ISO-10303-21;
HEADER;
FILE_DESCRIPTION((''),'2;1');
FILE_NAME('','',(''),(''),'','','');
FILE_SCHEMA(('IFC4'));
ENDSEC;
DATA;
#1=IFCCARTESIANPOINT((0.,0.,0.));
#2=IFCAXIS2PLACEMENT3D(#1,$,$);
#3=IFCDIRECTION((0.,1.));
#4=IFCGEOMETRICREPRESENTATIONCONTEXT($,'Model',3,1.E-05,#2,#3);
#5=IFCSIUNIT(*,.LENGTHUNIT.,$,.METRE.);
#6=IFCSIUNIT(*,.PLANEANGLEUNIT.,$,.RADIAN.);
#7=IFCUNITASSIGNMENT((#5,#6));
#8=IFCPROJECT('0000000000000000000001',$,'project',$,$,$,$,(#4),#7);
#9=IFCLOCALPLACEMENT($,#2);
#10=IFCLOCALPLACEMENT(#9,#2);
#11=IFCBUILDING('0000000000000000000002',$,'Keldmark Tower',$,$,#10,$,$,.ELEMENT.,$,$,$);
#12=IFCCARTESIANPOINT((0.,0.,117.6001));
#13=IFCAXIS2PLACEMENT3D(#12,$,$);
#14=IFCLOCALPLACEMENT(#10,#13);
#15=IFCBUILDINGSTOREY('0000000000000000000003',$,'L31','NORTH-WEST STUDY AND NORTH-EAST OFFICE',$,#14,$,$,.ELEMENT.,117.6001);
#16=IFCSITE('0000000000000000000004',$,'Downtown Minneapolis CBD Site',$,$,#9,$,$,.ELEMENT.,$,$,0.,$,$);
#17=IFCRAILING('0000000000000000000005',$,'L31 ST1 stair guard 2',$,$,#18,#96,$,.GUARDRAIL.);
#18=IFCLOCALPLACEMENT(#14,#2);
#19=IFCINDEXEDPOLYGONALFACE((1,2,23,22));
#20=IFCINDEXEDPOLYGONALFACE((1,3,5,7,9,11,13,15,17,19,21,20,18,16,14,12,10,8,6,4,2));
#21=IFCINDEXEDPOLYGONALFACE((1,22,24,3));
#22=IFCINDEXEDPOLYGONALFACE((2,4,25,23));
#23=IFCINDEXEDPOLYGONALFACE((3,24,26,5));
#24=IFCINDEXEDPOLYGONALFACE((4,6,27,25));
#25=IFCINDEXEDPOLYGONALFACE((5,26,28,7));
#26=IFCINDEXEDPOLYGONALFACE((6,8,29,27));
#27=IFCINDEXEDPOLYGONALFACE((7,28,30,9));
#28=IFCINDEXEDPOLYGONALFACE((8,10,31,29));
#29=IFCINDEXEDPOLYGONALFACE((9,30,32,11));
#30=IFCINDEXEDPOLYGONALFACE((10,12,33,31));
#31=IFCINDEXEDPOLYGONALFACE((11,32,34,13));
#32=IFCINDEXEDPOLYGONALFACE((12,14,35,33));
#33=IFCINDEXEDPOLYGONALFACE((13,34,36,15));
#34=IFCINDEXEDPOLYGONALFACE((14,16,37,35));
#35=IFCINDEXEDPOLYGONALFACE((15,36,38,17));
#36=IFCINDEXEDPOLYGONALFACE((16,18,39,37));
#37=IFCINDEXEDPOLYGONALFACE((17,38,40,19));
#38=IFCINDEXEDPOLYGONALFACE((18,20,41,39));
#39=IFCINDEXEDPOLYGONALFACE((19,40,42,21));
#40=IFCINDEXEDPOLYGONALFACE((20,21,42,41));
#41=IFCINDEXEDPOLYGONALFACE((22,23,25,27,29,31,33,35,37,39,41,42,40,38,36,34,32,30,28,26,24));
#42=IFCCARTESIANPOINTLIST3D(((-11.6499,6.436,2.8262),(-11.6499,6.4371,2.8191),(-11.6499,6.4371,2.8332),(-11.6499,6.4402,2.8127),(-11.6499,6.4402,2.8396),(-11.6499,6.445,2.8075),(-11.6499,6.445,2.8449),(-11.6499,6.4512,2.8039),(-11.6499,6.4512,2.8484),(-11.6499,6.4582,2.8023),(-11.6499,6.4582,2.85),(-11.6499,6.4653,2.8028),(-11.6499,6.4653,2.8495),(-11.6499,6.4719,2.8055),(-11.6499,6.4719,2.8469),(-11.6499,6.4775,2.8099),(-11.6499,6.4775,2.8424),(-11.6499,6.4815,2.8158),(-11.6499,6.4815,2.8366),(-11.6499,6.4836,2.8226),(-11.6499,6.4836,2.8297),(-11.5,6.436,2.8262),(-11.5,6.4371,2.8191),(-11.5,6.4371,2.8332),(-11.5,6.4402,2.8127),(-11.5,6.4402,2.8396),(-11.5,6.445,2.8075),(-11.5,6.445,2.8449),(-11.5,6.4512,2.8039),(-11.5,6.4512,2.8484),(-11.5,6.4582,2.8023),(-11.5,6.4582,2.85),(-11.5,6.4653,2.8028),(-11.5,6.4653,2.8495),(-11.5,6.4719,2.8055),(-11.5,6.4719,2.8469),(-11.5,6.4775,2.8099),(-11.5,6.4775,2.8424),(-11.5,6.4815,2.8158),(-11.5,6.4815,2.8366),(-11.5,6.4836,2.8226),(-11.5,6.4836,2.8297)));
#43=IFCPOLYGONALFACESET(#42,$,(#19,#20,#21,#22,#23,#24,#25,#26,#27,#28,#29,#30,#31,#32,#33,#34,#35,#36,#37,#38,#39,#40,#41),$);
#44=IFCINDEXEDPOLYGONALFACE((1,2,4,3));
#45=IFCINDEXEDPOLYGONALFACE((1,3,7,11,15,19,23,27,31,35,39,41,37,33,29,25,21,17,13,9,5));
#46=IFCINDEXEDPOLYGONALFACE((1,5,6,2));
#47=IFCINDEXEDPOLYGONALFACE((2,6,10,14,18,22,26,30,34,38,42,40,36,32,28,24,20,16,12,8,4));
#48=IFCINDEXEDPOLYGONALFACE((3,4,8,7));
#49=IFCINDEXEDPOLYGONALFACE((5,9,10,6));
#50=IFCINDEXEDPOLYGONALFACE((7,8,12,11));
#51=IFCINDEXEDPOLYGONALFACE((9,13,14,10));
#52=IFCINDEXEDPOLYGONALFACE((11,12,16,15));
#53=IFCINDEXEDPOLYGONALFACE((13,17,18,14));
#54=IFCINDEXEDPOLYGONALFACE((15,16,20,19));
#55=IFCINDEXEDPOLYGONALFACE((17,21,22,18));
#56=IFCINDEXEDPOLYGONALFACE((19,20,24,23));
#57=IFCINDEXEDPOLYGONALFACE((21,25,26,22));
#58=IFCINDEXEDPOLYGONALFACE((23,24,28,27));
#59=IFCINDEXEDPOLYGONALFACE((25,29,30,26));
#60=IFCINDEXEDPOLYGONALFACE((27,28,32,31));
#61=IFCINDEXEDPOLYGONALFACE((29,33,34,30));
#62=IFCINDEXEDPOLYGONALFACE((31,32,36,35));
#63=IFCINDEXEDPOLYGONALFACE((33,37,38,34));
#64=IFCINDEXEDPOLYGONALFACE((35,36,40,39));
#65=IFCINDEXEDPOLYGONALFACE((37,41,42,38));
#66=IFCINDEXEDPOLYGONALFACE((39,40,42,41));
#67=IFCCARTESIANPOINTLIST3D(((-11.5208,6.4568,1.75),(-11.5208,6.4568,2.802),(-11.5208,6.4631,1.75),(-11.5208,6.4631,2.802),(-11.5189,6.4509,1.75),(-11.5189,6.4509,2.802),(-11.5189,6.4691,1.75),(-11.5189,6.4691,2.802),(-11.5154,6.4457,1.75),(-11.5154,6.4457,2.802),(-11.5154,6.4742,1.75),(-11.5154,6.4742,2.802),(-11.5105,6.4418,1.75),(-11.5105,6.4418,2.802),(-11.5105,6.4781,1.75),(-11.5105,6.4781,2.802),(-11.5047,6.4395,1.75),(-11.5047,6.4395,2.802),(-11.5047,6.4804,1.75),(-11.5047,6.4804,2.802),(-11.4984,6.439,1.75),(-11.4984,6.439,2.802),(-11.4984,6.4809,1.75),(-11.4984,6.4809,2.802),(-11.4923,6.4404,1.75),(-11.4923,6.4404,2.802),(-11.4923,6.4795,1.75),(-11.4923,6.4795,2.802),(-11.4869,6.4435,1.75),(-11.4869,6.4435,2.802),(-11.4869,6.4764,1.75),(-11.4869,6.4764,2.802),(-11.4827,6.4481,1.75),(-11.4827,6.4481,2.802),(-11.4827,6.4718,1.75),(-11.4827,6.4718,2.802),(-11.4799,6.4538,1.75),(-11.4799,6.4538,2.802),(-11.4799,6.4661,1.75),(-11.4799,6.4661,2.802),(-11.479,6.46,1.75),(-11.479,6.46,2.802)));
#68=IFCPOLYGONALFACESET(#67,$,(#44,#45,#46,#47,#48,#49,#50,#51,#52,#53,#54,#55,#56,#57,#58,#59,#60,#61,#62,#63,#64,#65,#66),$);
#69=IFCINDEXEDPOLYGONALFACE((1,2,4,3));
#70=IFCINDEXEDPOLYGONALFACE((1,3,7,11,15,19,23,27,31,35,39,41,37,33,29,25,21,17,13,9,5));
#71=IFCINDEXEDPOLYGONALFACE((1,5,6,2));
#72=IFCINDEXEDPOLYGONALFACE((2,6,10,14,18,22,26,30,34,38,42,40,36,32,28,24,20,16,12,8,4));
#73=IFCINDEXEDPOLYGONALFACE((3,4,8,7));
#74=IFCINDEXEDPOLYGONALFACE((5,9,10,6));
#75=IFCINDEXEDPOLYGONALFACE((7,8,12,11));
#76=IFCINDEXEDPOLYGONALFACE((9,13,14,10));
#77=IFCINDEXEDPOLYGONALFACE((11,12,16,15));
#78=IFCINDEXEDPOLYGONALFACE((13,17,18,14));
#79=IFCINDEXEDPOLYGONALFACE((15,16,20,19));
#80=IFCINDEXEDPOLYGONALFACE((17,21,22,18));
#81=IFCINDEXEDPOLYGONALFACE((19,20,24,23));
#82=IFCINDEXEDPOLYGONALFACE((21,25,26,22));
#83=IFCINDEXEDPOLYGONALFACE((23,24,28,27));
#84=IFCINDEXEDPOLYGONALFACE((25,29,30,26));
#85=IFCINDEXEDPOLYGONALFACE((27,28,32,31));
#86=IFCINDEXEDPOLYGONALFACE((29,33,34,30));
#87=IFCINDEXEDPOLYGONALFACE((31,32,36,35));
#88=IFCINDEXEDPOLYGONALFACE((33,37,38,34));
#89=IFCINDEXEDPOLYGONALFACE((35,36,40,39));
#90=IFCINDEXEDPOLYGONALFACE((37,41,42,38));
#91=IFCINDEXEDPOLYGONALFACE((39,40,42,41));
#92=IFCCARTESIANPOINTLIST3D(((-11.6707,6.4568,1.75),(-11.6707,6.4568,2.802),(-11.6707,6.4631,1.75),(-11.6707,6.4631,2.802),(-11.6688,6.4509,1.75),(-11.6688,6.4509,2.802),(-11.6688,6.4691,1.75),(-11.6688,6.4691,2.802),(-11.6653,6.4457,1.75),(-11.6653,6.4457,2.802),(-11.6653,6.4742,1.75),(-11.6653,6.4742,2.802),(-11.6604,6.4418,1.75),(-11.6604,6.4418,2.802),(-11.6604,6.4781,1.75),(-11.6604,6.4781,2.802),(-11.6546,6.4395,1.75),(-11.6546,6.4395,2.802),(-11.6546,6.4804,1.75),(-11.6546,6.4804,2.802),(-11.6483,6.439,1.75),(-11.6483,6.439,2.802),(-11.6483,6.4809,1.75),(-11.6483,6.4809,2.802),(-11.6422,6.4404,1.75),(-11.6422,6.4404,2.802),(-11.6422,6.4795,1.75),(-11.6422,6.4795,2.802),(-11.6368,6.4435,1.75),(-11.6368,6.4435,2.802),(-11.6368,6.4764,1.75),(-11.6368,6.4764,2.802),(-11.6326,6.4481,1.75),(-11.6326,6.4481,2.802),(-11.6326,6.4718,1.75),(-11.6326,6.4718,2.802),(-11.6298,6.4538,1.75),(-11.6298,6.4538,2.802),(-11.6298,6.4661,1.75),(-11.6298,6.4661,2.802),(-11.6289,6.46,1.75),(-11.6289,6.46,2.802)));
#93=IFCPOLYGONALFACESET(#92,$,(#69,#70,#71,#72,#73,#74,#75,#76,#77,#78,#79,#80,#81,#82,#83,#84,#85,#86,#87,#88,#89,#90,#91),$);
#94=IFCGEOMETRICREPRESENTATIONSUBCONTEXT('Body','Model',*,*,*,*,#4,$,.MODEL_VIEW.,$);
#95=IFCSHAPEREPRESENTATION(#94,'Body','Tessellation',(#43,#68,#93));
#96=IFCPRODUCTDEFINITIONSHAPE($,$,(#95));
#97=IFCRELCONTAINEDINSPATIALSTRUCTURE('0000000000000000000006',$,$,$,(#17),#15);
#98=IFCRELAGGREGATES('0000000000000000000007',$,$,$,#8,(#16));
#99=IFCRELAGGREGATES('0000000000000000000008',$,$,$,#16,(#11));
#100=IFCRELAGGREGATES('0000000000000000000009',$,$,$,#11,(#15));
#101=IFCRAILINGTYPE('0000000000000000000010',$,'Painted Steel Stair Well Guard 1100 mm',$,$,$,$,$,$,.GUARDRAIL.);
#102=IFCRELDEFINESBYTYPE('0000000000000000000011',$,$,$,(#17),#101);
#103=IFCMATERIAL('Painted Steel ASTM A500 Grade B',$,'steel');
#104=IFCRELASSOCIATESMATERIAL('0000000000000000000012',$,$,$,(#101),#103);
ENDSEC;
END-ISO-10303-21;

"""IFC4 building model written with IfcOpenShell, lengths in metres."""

from ifc_helpers import new_model, si_unit, direction, frame, origin, origin_2d, place, context, subcontext, project, spatial, circle, extrude, material, type_object, element, save


model = new_model("IFC4")

# Units and contexts
model_context = context("Model", 3, precision=1e-05, world=origin(), true_north=direction((0.0, 1.0)))
body_context = subcontext(model_context, "Body", "Model", "MODEL_VIEW")
ifc_project = project(units=[si_unit("LENGTHUNIT", "METRE"), si_unit("PLANEANGLEUNIT", "RADIAN")], contexts=[model_context])

# Site, building, storey
site_placement = place(None, origin())
site = spatial("IfcSite", under=ifc_project, at=site_placement, Name="Downtown Minneapolis CBD Site", CompositionType="ELEMENT", RefElevation=0.0)
building_placement = place(site_placement, origin())
building = spatial("IfcBuilding", under=site, at=building_placement, Name="Keldmark Tower", CompositionType="ELEMENT")
storey_placement = place(building_placement, frame((0.0, 0.0, 117.6001)))
storey = spatial("IfcBuildingStorey", under=building, at=storey_placement, Name="L31", Description="NORTH-WEST STUDY AND NORTH-EAST OFFICE", CompositionType="ELEMENT", Elevation=117.6001)

# Railing
ifc_material_1 = material(Name="Painted Steel ASTM A500 Grade B", Category="steel")
railing_type_1 = type_object("IfcRailingType", Name="Painted Steel Stair Well Guard 1100 mm", PredefinedType="GUARDRAIL", material=ifc_material_1)
railing_1_placement = place(storey_placement, frame((-11.5, 6.46, 1.75)))
element("IfcRailing", 1, at=railing_1_placement, inside=storey, type_object=railing_type_1, Name="L31 ST1 stair guard 2", PredefinedType="GUARDRAIL", context=body_context, shape_type="SweptSolid", body=[
    extrude(circle(Radius=0.0239, at=origin_2d()), frame((0.0, 0.0, 1.0762), z_axis=(-1.0, 0.0, 0.0), x_axis=(0.0, -1.0, 0.0)), (0.0, 0.0, 1.0), 0.1499),
    extrude(circle(Radius=0.021, at=origin_2d()), origin(), (0.0, 0.0, 1.0), 1.052),
    extrude(circle(Radius=0.021, at=origin_2d()), frame((-0.1499, 0.0, 0.0)), (0.0, 0.0, 1.0), 1.052),
])

save(model, "model.ifc")
